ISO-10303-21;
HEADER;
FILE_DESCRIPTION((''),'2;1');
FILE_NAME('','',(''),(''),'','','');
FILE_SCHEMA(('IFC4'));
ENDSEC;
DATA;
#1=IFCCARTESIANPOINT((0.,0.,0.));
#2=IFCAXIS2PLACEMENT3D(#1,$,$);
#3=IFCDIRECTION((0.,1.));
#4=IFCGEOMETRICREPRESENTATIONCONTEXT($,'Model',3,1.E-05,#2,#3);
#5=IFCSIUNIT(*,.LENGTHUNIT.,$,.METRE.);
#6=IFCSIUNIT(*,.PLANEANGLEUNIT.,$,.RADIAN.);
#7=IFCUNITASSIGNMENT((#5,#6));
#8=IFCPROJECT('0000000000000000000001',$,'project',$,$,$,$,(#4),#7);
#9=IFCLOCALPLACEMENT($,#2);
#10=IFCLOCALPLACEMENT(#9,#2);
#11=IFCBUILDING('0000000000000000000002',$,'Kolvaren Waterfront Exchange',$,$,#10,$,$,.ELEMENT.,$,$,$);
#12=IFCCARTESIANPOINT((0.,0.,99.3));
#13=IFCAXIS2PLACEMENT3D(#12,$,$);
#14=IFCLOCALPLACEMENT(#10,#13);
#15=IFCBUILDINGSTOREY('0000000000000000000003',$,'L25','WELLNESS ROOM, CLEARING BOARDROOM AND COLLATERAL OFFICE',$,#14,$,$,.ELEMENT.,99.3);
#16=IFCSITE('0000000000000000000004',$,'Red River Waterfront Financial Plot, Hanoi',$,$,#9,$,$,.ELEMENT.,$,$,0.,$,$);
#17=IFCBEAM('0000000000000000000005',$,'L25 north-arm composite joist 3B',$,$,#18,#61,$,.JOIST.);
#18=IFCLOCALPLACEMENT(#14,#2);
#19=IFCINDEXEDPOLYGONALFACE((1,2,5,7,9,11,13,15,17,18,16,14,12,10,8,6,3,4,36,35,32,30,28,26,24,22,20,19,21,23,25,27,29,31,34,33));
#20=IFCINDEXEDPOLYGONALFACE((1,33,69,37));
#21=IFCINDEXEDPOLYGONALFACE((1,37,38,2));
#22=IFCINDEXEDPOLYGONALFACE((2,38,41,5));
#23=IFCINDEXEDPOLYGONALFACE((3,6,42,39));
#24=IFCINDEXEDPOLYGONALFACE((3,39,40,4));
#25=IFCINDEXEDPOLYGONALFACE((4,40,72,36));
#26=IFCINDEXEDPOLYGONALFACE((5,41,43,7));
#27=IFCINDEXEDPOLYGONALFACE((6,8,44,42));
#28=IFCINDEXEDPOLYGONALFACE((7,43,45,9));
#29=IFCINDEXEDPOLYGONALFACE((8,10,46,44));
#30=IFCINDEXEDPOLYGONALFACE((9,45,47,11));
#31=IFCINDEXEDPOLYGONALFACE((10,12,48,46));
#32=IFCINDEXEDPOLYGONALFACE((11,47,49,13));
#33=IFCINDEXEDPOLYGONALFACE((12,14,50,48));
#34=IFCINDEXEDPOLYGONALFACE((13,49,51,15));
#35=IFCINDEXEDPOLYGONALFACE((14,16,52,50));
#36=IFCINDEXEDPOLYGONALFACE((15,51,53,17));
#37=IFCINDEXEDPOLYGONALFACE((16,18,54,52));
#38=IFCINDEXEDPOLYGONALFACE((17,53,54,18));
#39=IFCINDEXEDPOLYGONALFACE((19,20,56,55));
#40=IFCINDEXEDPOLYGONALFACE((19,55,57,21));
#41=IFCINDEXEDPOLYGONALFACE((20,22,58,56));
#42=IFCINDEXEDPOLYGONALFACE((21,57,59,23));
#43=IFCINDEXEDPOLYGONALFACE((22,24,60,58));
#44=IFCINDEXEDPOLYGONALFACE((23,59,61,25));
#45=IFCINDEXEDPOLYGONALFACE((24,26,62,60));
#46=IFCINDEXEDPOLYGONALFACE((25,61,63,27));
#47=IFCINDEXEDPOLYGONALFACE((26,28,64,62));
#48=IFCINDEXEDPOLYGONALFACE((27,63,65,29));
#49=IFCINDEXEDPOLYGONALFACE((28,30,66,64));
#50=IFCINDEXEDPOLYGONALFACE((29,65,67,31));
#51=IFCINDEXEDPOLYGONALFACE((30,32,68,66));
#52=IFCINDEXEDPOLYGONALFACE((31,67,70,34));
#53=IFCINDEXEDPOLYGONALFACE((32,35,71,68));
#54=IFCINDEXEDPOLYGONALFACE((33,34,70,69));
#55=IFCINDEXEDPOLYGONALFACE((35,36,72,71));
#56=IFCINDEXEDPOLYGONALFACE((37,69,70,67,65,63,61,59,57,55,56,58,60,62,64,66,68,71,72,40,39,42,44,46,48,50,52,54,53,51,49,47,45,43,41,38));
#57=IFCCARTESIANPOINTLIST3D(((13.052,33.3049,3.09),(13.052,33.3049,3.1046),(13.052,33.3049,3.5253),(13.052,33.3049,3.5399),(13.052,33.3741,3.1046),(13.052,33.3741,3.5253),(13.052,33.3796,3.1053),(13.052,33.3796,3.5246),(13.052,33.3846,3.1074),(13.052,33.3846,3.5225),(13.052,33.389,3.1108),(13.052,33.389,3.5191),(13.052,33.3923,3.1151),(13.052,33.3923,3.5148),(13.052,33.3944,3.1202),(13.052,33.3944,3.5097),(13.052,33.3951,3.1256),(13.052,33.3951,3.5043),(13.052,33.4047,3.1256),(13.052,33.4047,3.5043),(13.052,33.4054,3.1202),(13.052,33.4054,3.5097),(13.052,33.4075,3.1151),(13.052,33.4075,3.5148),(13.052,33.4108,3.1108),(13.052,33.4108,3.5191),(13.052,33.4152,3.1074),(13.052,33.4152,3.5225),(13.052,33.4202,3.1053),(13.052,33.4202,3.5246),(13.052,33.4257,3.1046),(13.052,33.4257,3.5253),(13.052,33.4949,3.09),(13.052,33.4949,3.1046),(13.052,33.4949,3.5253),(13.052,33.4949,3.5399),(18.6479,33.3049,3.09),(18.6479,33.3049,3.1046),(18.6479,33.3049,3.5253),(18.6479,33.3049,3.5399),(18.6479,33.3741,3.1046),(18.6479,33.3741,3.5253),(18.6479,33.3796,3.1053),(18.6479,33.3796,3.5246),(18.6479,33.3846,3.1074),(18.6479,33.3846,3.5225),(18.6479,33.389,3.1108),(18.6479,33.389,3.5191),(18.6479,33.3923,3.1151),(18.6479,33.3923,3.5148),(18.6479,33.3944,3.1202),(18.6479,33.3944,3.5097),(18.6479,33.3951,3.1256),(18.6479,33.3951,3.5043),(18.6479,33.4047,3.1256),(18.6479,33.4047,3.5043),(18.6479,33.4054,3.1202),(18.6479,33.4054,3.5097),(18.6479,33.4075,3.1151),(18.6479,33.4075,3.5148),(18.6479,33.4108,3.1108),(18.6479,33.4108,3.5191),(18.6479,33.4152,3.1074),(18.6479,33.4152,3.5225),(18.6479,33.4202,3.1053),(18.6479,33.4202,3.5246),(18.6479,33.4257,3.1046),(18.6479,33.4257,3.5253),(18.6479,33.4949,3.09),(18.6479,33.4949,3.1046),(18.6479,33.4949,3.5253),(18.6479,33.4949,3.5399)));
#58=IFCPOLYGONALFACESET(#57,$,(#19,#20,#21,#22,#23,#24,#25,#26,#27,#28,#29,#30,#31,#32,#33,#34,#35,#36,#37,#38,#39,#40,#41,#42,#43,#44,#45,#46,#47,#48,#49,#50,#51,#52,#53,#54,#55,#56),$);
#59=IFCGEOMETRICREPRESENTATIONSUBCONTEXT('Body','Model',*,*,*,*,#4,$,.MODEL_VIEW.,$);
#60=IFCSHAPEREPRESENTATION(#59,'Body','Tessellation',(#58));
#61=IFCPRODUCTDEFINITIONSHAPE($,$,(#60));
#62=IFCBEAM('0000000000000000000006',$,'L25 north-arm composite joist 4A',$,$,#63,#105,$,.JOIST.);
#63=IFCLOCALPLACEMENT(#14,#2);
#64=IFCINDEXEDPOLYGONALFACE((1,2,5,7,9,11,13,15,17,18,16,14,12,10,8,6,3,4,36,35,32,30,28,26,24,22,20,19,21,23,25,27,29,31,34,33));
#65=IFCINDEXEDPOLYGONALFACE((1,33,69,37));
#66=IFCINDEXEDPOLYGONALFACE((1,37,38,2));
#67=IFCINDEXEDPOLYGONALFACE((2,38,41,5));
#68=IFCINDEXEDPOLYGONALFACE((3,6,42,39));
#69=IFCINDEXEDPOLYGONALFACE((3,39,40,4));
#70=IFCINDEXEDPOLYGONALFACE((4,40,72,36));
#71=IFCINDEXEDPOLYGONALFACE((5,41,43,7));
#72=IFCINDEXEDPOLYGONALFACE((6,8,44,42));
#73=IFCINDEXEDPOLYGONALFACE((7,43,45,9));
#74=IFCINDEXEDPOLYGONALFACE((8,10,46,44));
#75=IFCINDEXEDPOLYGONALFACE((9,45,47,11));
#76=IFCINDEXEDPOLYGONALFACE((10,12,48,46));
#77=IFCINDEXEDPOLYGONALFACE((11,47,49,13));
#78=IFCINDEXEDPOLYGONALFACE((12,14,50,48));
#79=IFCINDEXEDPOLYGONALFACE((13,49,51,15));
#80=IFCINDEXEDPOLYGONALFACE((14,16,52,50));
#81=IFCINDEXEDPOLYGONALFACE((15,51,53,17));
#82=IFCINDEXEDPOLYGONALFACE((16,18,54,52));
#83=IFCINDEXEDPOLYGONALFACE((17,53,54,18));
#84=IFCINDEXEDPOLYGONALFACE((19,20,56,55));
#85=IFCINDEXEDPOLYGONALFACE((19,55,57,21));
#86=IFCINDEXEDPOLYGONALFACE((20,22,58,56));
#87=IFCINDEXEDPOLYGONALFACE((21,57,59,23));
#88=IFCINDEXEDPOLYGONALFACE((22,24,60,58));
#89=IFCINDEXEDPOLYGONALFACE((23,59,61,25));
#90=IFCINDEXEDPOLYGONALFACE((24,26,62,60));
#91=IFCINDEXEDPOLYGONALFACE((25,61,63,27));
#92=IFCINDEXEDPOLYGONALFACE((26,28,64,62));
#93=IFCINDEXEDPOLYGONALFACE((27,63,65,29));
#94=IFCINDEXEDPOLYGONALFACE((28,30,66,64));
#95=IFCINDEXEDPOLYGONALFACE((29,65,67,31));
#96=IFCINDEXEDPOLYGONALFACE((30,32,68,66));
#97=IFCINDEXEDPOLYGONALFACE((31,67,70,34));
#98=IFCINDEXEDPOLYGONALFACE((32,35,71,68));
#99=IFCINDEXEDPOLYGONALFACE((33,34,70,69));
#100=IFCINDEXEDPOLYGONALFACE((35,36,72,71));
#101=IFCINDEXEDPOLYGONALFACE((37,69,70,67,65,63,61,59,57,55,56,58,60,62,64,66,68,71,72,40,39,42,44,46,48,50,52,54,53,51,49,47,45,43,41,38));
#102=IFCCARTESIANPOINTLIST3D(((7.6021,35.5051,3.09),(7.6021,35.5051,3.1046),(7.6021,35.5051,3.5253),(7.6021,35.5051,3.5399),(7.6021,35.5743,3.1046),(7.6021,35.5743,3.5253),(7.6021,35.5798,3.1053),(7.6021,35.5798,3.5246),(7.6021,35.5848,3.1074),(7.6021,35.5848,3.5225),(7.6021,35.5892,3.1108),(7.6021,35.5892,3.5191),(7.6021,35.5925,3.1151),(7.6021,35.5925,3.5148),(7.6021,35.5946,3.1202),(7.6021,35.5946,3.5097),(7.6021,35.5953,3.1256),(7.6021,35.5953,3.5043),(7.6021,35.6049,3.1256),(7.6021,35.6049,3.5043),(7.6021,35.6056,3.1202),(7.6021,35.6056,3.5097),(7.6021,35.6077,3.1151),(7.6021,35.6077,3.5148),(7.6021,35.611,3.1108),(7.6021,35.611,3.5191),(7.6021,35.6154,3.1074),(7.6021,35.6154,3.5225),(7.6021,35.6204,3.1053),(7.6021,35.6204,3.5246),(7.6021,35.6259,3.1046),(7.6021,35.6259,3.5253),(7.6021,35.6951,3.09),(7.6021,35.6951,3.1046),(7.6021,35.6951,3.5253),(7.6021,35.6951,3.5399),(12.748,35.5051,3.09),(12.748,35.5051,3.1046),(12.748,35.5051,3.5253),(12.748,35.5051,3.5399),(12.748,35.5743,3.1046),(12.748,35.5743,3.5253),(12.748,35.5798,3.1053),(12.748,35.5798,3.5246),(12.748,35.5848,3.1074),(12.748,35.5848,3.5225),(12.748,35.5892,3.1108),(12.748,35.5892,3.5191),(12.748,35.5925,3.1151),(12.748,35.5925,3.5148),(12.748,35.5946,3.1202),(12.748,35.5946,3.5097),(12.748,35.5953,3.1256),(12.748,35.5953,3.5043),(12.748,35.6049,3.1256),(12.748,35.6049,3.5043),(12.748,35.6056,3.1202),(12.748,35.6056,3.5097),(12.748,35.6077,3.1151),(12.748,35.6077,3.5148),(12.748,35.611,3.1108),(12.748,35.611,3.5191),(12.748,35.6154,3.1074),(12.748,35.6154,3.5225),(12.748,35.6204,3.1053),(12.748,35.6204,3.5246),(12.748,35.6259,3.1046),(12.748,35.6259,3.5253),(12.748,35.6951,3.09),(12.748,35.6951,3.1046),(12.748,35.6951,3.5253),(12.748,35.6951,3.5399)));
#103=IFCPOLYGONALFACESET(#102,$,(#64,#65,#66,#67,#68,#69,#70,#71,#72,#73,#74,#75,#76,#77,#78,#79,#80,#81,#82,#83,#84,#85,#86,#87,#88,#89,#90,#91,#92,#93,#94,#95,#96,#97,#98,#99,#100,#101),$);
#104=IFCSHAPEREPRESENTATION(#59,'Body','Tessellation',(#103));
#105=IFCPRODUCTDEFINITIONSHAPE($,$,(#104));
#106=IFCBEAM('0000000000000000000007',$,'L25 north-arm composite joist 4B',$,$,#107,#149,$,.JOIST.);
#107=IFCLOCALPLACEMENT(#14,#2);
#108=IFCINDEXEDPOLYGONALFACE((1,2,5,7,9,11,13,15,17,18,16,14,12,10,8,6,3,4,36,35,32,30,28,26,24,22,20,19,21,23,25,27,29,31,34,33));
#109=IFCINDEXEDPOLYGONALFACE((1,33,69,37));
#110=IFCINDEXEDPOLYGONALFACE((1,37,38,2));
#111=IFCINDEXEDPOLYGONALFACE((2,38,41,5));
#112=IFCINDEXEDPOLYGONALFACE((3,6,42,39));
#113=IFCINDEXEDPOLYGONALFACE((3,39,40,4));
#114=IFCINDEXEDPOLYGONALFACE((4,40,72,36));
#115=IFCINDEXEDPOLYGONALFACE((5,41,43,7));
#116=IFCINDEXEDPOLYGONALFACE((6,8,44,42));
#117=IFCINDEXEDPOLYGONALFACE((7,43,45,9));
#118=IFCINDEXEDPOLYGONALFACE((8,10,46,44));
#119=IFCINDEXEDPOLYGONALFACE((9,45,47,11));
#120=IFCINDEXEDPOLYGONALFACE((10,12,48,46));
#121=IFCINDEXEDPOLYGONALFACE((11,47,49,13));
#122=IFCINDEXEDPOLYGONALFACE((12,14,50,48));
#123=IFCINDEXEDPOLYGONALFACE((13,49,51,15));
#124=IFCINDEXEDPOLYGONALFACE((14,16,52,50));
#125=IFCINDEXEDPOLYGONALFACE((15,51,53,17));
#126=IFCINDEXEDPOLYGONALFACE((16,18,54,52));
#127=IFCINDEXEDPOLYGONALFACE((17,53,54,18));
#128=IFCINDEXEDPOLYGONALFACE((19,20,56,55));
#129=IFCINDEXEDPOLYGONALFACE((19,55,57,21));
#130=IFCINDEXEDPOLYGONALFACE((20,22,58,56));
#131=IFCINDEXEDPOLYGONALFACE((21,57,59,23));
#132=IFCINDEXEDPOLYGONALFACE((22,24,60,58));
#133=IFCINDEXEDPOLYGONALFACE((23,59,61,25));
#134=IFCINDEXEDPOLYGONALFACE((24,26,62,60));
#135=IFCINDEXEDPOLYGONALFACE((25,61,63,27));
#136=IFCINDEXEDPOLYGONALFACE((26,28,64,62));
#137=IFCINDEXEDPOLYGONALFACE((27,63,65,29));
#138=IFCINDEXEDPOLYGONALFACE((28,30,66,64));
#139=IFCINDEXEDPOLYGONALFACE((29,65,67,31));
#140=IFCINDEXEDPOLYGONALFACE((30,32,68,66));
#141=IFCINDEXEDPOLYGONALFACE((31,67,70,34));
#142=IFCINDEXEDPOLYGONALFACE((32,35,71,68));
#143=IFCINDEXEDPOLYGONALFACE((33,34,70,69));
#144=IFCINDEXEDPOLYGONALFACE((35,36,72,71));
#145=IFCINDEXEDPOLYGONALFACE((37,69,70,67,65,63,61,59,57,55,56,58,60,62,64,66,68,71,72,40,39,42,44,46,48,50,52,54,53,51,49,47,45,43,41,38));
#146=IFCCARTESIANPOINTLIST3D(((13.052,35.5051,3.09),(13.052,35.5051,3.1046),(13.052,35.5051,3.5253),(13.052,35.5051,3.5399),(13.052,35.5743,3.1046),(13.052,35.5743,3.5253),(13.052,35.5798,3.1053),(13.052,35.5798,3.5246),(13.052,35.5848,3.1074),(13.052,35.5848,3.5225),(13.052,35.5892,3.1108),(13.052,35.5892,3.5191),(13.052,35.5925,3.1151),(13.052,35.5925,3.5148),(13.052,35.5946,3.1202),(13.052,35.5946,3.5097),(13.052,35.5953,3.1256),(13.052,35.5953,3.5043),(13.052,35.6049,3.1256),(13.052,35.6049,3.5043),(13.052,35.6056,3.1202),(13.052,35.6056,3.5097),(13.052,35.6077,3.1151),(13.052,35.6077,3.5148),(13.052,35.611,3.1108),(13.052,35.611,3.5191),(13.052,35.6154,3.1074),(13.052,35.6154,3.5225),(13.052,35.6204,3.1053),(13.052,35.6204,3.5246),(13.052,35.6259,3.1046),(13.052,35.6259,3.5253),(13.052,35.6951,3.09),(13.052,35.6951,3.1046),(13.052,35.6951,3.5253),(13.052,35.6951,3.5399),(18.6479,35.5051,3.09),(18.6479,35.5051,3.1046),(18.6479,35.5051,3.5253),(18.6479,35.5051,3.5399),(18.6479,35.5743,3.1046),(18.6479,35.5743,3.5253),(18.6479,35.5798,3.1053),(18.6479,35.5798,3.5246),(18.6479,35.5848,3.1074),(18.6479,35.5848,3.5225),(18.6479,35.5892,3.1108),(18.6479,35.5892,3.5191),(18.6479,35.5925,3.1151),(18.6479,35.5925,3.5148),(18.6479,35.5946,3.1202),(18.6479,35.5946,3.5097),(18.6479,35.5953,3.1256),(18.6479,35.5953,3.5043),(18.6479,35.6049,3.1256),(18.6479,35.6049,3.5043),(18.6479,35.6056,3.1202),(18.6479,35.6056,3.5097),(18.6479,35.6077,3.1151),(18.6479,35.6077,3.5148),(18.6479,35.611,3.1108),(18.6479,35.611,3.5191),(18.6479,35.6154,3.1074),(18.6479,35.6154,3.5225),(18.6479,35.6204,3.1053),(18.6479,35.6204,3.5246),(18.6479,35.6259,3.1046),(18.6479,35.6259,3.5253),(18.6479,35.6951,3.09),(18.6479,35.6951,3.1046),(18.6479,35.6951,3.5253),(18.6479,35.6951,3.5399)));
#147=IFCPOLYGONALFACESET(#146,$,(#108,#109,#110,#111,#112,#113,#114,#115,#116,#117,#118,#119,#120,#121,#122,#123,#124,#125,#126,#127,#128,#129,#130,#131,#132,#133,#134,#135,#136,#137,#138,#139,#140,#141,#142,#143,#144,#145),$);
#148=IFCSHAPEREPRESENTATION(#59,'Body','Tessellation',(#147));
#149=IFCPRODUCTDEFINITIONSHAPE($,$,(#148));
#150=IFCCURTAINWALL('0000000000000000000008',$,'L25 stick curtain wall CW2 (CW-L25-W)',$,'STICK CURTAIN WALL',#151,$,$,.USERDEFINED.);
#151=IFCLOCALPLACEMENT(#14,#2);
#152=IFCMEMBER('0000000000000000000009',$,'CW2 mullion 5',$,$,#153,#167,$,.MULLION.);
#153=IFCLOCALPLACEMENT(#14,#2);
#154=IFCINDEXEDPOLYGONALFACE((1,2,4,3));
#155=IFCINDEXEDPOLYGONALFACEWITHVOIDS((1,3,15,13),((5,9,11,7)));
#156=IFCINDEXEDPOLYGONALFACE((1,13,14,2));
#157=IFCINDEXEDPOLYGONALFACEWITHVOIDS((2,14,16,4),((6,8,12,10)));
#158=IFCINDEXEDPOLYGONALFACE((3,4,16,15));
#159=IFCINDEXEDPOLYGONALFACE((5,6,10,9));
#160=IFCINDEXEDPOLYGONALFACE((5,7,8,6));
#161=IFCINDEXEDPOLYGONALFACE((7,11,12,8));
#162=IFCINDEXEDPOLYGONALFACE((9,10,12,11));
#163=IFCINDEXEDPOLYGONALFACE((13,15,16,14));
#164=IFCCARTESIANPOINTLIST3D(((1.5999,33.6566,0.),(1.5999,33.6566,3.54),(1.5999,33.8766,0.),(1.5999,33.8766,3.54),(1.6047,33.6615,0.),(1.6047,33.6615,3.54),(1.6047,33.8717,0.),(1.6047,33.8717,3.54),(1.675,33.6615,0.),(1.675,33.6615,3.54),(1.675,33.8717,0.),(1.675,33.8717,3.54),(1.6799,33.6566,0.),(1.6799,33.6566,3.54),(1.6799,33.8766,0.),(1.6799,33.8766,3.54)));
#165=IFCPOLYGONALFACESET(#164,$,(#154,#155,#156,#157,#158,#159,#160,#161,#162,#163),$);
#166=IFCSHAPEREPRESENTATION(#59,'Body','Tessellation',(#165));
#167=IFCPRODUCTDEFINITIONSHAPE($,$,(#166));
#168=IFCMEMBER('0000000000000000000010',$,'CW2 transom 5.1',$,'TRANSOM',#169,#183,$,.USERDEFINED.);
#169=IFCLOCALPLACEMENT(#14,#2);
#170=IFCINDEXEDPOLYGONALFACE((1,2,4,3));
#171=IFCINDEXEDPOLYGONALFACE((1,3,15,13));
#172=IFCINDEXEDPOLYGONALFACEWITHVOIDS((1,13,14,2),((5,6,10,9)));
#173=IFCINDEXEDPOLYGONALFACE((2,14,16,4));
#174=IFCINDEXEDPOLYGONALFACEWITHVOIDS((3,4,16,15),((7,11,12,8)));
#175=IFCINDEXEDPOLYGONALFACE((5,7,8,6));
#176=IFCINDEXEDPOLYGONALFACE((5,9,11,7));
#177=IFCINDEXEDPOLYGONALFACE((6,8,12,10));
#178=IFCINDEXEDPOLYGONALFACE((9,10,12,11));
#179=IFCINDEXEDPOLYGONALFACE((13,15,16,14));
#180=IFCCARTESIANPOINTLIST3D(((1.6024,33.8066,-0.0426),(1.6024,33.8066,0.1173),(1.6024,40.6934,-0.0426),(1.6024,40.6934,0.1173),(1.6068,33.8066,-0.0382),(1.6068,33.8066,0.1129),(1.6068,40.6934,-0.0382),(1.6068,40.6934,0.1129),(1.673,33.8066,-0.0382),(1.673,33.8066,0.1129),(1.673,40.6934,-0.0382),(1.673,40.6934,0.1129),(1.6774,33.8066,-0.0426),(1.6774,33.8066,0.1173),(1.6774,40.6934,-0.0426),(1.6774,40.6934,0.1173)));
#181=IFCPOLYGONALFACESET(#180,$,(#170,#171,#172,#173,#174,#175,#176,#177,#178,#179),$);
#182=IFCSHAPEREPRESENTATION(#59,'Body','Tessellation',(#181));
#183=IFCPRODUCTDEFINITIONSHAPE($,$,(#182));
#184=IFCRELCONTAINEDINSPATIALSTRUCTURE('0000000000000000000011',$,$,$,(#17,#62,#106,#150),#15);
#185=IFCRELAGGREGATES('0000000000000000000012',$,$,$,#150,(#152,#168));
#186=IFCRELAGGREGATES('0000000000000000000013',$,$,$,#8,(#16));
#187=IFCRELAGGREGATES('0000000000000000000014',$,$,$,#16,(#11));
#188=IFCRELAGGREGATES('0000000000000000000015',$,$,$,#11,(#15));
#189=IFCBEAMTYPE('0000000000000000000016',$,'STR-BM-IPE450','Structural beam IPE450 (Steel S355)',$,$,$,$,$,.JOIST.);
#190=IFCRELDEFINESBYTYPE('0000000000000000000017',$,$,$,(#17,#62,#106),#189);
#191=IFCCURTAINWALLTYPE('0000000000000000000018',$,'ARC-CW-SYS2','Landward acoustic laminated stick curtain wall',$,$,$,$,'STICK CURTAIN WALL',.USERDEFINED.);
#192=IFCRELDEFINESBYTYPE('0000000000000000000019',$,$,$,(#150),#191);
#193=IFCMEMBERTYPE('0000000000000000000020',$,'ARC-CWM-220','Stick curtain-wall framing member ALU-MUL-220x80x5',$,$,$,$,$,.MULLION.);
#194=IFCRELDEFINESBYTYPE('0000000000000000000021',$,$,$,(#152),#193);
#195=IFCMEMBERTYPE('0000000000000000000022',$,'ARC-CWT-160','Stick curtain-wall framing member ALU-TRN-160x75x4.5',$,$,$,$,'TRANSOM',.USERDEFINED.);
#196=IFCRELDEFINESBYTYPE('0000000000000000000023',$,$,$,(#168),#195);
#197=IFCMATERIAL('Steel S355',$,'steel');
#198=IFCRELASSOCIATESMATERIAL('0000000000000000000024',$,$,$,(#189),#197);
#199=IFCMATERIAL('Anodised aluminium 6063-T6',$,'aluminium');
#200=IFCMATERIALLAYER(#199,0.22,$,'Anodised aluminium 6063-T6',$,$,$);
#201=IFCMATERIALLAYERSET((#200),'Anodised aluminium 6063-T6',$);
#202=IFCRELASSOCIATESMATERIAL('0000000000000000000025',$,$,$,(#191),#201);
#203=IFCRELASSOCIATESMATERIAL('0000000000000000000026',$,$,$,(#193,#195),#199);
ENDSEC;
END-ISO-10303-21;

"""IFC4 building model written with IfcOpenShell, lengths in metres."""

from ifc_helpers import new_model, si_unit, direction, frame, origin, origin_with_axes, origin_2d, place, context, subcontext, project, spatial, hollow_rectangle, i_section, extrude, source, transform, mapped, material, layer, layer_set, material_profile, profile_set, type_object, element, aggregate, save


model = new_model("IFC4")

# Units and contexts
model_context = context("Model", 3, precision=1e-05, world=origin(), true_north=direction((0.0, 1.0)))
body_context = subcontext(model_context, "Body", "Model", "MODEL_VIEW")
ifc_project = project(units=[si_unit("LENGTHUNIT", "METRE"), si_unit("PLANEANGLEUNIT", "RADIAN")], contexts=[model_context])

# Site, building, storey
site_placement = place(None, origin())
site = spatial("IfcSite", under=ifc_project, at=site_placement, Name="Red River Waterfront Financial Plot, Hanoi", CompositionType="ELEMENT", RefElevation=0.0)
building_placement = place(site_placement, origin())
building = spatial("IfcBuilding", under=site, at=building_placement, Name="Kolvaren Waterfront Exchange", CompositionType="ELEMENT")
storey_placement = place(building_placement, frame((0.0, 0.0, 99.3)))
storey = spatial("IfcBuildingStorey", under=building, at=storey_placement, Name="L25", Description="WELLNESS ROOM, CLEARING BOARDROOM AND COLLATERAL OFFICE", CompositionType="ELEMENT", Elevation=99.3)

# Beams
ifc_material_1 = material(Name="Steel S355", Category="steel")
ifc_material_profile_1 = material_profile(ifc_material_1, i_section(OverallWidth=0.1899, OverallDepth=0.45, WebThickness=0.0095, FlangeThickness=0.0146, FilletRadius=0.021, at=origin_2d()), Name="IPE450")
ifc_profile_set_1 = profile_set([ifc_material_profile_1], Name="Steel S355")
beam_type_1 = type_object("IfcBeamType", Name="STR-BM-IPE450", Description="Structural beam IPE450 (Steel S355)", PredefinedType="JOIST", material=ifc_profile_set_1)
beam_1_placement = place(storey_placement, frame((13.052, 33.3999, 3.3149), z_axis=(1.0, 0.0, 0.0), x_axis=(0.0, 1.0, 0.0)))
element("IfcBeam", 1, at=beam_1_placement, inside=storey, type_object=beam_type_1, Name="L25 north-arm composite joist 3B", PredefinedType="JOIST", context=body_context, shape_type="SweptSolid", body=[
    extrude(i_section(OverallWidth=0.1899, OverallDepth=0.45, WebThickness=0.0095, FlangeThickness=0.0146, FilletRadius=0.021, at=origin_2d()), origin(), (0.0, 0.0, 1.0), 5.5959),
])
beam_2_placement = place(storey_placement, frame((7.6021, 35.6001, 3.3149), z_axis=(1.0, 0.0, 0.0), x_axis=(0.0, 1.0, 0.0)))
element("IfcBeam", 2, at=beam_2_placement, inside=storey, type_object=beam_type_1, Name="L25 north-arm composite joist 4A", PredefinedType="JOIST", context=body_context, shape_type="SweptSolid", body=[
    extrude(i_section(OverallWidth=0.1899, OverallDepth=0.45, WebThickness=0.0095, FlangeThickness=0.0146, FilletRadius=0.021, at=origin_2d()), origin(), (0.0, 0.0, 1.0), 5.146),
])
beam_3_placement = place(storey_placement, frame((13.052, 35.6001, 3.3149), z_axis=(1.0, 0.0, 0.0), x_axis=(0.0, 1.0, 0.0)))
element("IfcBeam", 3, at=beam_3_placement, inside=storey, type_object=beam_type_1, Name="L25 north-arm composite joist 4B", PredefinedType="JOIST", context=body_context, shape_type="SweptSolid", body=[
    extrude(i_section(OverallWidth=0.1899, OverallDepth=0.45, WebThickness=0.0095, FlangeThickness=0.0146, FilletRadius=0.021, at=origin_2d()), origin(), (0.0, 0.0, 1.0), 5.5959),
])

# Curtain wall, members
ifc_material_2 = material(Name="Anodised aluminium 6063-T6", Category="aluminium")
ifc_layer_1 = layer(ifc_material_2, 0.22, Name="Anodised aluminium 6063-T6")
ifc_layer_set_1 = layer_set([ifc_layer_1], Name="Anodised aluminium 6063-T6")
curtain_wall_type = type_object("IfcCurtainWallType", Name="ARC-CW-SYS2", Description="Landward acoustic laminated stick curtain wall", ElementType="STICK CURTAIN WALL", PredefinedType="USERDEFINED", material=ifc_layer_set_1)
curtain_wall_placement = place(storey_placement, origin())
curtain_wall = element("IfcCurtainWall", 4, at=curtain_wall_placement, inside=storey, type_object=curtain_wall_type, Name="L25 stick curtain wall CW2 (CW-L25-W)", ObjectType="STICK CURTAIN WALL", PredefinedType="USERDEFINED")
ifc_material_profile_2 = material_profile(ifc_material_2, hollow_rectangle(XDim=0.0801, YDim=0.22, WallThickness=0.0049, at=origin_2d()), Name="ALU-MUL-220x80x5")
ifc_profile_set_2 = profile_set([ifc_material_profile_2], Name="Anodised aluminium 6063-T6")
member_type_1 = type_object("IfcMemberType", Name="ARC-CWM-220", Description="Stick curtain-wall framing member ALU-MUL-220x80x5", PredefinedType="MULLION", material=ifc_profile_set_2)
shared_shape_1 = source(origin_with_axes(), body_context, "Body", "SweptSolid", [
    extrude(hollow_rectangle(XDim=0.0801, YDim=0.22, WallThickness=0.0049, at=origin_2d()), origin(), (0.0, 0.0, 1.0), 3.54),
])
member_1_placement = place(storey_placement, frame((1.6399, 33.7666, 0.0), z_axis=(0.0, 0.0, 1.0), x_axis=(-1.0, 0.0, 0.0)))
member_1 = element("IfcMember", 5, at=member_1_placement, type_object=member_type_1, Name="CW2 mullion 5", PredefinedType="MULLION", context=body_context, shape_type="MappedRepresentation", body=[
    mapped(shared_shape_1, transform((0.0, 0.0, 0.0), x_axis=(1.0, 0.0, 0.0), y_axis=(0.0, 1.0, 0.0), z_axis=(0.0, 0.0, 1.0), scale=1.0)),
])
ifc_material_profile_3 = material_profile(ifc_material_2, hollow_rectangle(XDim=0.075, YDim=0.1599, WallThickness=0.0044, at=origin_2d()), Name="ALU-TRN-160x75x4.5")
ifc_profile_set_3 = profile_set([ifc_material_profile_3], Name="Anodised aluminium 6063-T6")
member_type_2 = type_object("IfcMemberType", Name="ARC-CWT-160", Description="Stick curtain-wall framing member ALU-TRN-160x75x4.5", ElementType="TRANSOM", PredefinedType="USERDEFINED", material=ifc_profile_set_3)
shared_shape_2 = source(origin_with_axes(), body_context, "Body", "SweptSolid", [
    extrude(hollow_rectangle(XDim=0.075, YDim=0.1599, WallThickness=0.0044, at=origin_2d()), origin(), (0.0, 0.0, 1.0), 6.8867),
])
member_2_placement = place(storey_placement, frame((1.6399, 33.8066, 0.0374), z_axis=(0.0, 1.0, 0.0), x_axis=(-1.0, 0.0, 0.0)))
member_2 = element("IfcMember", 6, at=member_2_placement, type_object=member_type_2, Name="CW2 transom 5.1", ObjectType="TRANSOM", PredefinedType="USERDEFINED", context=body_context, shape_type="MappedRepresentation", body=[
    mapped(shared_shape_2, transform((0.0, 0.0, 0.0), x_axis=(1.0, 0.0, 0.0), y_axis=(0.0, 1.0, 0.0), z_axis=(0.0, 0.0, 1.0), scale=1.0)),
])
aggregate(curtain_wall, [member_1, member_2])

save(model, "model.ifc")
